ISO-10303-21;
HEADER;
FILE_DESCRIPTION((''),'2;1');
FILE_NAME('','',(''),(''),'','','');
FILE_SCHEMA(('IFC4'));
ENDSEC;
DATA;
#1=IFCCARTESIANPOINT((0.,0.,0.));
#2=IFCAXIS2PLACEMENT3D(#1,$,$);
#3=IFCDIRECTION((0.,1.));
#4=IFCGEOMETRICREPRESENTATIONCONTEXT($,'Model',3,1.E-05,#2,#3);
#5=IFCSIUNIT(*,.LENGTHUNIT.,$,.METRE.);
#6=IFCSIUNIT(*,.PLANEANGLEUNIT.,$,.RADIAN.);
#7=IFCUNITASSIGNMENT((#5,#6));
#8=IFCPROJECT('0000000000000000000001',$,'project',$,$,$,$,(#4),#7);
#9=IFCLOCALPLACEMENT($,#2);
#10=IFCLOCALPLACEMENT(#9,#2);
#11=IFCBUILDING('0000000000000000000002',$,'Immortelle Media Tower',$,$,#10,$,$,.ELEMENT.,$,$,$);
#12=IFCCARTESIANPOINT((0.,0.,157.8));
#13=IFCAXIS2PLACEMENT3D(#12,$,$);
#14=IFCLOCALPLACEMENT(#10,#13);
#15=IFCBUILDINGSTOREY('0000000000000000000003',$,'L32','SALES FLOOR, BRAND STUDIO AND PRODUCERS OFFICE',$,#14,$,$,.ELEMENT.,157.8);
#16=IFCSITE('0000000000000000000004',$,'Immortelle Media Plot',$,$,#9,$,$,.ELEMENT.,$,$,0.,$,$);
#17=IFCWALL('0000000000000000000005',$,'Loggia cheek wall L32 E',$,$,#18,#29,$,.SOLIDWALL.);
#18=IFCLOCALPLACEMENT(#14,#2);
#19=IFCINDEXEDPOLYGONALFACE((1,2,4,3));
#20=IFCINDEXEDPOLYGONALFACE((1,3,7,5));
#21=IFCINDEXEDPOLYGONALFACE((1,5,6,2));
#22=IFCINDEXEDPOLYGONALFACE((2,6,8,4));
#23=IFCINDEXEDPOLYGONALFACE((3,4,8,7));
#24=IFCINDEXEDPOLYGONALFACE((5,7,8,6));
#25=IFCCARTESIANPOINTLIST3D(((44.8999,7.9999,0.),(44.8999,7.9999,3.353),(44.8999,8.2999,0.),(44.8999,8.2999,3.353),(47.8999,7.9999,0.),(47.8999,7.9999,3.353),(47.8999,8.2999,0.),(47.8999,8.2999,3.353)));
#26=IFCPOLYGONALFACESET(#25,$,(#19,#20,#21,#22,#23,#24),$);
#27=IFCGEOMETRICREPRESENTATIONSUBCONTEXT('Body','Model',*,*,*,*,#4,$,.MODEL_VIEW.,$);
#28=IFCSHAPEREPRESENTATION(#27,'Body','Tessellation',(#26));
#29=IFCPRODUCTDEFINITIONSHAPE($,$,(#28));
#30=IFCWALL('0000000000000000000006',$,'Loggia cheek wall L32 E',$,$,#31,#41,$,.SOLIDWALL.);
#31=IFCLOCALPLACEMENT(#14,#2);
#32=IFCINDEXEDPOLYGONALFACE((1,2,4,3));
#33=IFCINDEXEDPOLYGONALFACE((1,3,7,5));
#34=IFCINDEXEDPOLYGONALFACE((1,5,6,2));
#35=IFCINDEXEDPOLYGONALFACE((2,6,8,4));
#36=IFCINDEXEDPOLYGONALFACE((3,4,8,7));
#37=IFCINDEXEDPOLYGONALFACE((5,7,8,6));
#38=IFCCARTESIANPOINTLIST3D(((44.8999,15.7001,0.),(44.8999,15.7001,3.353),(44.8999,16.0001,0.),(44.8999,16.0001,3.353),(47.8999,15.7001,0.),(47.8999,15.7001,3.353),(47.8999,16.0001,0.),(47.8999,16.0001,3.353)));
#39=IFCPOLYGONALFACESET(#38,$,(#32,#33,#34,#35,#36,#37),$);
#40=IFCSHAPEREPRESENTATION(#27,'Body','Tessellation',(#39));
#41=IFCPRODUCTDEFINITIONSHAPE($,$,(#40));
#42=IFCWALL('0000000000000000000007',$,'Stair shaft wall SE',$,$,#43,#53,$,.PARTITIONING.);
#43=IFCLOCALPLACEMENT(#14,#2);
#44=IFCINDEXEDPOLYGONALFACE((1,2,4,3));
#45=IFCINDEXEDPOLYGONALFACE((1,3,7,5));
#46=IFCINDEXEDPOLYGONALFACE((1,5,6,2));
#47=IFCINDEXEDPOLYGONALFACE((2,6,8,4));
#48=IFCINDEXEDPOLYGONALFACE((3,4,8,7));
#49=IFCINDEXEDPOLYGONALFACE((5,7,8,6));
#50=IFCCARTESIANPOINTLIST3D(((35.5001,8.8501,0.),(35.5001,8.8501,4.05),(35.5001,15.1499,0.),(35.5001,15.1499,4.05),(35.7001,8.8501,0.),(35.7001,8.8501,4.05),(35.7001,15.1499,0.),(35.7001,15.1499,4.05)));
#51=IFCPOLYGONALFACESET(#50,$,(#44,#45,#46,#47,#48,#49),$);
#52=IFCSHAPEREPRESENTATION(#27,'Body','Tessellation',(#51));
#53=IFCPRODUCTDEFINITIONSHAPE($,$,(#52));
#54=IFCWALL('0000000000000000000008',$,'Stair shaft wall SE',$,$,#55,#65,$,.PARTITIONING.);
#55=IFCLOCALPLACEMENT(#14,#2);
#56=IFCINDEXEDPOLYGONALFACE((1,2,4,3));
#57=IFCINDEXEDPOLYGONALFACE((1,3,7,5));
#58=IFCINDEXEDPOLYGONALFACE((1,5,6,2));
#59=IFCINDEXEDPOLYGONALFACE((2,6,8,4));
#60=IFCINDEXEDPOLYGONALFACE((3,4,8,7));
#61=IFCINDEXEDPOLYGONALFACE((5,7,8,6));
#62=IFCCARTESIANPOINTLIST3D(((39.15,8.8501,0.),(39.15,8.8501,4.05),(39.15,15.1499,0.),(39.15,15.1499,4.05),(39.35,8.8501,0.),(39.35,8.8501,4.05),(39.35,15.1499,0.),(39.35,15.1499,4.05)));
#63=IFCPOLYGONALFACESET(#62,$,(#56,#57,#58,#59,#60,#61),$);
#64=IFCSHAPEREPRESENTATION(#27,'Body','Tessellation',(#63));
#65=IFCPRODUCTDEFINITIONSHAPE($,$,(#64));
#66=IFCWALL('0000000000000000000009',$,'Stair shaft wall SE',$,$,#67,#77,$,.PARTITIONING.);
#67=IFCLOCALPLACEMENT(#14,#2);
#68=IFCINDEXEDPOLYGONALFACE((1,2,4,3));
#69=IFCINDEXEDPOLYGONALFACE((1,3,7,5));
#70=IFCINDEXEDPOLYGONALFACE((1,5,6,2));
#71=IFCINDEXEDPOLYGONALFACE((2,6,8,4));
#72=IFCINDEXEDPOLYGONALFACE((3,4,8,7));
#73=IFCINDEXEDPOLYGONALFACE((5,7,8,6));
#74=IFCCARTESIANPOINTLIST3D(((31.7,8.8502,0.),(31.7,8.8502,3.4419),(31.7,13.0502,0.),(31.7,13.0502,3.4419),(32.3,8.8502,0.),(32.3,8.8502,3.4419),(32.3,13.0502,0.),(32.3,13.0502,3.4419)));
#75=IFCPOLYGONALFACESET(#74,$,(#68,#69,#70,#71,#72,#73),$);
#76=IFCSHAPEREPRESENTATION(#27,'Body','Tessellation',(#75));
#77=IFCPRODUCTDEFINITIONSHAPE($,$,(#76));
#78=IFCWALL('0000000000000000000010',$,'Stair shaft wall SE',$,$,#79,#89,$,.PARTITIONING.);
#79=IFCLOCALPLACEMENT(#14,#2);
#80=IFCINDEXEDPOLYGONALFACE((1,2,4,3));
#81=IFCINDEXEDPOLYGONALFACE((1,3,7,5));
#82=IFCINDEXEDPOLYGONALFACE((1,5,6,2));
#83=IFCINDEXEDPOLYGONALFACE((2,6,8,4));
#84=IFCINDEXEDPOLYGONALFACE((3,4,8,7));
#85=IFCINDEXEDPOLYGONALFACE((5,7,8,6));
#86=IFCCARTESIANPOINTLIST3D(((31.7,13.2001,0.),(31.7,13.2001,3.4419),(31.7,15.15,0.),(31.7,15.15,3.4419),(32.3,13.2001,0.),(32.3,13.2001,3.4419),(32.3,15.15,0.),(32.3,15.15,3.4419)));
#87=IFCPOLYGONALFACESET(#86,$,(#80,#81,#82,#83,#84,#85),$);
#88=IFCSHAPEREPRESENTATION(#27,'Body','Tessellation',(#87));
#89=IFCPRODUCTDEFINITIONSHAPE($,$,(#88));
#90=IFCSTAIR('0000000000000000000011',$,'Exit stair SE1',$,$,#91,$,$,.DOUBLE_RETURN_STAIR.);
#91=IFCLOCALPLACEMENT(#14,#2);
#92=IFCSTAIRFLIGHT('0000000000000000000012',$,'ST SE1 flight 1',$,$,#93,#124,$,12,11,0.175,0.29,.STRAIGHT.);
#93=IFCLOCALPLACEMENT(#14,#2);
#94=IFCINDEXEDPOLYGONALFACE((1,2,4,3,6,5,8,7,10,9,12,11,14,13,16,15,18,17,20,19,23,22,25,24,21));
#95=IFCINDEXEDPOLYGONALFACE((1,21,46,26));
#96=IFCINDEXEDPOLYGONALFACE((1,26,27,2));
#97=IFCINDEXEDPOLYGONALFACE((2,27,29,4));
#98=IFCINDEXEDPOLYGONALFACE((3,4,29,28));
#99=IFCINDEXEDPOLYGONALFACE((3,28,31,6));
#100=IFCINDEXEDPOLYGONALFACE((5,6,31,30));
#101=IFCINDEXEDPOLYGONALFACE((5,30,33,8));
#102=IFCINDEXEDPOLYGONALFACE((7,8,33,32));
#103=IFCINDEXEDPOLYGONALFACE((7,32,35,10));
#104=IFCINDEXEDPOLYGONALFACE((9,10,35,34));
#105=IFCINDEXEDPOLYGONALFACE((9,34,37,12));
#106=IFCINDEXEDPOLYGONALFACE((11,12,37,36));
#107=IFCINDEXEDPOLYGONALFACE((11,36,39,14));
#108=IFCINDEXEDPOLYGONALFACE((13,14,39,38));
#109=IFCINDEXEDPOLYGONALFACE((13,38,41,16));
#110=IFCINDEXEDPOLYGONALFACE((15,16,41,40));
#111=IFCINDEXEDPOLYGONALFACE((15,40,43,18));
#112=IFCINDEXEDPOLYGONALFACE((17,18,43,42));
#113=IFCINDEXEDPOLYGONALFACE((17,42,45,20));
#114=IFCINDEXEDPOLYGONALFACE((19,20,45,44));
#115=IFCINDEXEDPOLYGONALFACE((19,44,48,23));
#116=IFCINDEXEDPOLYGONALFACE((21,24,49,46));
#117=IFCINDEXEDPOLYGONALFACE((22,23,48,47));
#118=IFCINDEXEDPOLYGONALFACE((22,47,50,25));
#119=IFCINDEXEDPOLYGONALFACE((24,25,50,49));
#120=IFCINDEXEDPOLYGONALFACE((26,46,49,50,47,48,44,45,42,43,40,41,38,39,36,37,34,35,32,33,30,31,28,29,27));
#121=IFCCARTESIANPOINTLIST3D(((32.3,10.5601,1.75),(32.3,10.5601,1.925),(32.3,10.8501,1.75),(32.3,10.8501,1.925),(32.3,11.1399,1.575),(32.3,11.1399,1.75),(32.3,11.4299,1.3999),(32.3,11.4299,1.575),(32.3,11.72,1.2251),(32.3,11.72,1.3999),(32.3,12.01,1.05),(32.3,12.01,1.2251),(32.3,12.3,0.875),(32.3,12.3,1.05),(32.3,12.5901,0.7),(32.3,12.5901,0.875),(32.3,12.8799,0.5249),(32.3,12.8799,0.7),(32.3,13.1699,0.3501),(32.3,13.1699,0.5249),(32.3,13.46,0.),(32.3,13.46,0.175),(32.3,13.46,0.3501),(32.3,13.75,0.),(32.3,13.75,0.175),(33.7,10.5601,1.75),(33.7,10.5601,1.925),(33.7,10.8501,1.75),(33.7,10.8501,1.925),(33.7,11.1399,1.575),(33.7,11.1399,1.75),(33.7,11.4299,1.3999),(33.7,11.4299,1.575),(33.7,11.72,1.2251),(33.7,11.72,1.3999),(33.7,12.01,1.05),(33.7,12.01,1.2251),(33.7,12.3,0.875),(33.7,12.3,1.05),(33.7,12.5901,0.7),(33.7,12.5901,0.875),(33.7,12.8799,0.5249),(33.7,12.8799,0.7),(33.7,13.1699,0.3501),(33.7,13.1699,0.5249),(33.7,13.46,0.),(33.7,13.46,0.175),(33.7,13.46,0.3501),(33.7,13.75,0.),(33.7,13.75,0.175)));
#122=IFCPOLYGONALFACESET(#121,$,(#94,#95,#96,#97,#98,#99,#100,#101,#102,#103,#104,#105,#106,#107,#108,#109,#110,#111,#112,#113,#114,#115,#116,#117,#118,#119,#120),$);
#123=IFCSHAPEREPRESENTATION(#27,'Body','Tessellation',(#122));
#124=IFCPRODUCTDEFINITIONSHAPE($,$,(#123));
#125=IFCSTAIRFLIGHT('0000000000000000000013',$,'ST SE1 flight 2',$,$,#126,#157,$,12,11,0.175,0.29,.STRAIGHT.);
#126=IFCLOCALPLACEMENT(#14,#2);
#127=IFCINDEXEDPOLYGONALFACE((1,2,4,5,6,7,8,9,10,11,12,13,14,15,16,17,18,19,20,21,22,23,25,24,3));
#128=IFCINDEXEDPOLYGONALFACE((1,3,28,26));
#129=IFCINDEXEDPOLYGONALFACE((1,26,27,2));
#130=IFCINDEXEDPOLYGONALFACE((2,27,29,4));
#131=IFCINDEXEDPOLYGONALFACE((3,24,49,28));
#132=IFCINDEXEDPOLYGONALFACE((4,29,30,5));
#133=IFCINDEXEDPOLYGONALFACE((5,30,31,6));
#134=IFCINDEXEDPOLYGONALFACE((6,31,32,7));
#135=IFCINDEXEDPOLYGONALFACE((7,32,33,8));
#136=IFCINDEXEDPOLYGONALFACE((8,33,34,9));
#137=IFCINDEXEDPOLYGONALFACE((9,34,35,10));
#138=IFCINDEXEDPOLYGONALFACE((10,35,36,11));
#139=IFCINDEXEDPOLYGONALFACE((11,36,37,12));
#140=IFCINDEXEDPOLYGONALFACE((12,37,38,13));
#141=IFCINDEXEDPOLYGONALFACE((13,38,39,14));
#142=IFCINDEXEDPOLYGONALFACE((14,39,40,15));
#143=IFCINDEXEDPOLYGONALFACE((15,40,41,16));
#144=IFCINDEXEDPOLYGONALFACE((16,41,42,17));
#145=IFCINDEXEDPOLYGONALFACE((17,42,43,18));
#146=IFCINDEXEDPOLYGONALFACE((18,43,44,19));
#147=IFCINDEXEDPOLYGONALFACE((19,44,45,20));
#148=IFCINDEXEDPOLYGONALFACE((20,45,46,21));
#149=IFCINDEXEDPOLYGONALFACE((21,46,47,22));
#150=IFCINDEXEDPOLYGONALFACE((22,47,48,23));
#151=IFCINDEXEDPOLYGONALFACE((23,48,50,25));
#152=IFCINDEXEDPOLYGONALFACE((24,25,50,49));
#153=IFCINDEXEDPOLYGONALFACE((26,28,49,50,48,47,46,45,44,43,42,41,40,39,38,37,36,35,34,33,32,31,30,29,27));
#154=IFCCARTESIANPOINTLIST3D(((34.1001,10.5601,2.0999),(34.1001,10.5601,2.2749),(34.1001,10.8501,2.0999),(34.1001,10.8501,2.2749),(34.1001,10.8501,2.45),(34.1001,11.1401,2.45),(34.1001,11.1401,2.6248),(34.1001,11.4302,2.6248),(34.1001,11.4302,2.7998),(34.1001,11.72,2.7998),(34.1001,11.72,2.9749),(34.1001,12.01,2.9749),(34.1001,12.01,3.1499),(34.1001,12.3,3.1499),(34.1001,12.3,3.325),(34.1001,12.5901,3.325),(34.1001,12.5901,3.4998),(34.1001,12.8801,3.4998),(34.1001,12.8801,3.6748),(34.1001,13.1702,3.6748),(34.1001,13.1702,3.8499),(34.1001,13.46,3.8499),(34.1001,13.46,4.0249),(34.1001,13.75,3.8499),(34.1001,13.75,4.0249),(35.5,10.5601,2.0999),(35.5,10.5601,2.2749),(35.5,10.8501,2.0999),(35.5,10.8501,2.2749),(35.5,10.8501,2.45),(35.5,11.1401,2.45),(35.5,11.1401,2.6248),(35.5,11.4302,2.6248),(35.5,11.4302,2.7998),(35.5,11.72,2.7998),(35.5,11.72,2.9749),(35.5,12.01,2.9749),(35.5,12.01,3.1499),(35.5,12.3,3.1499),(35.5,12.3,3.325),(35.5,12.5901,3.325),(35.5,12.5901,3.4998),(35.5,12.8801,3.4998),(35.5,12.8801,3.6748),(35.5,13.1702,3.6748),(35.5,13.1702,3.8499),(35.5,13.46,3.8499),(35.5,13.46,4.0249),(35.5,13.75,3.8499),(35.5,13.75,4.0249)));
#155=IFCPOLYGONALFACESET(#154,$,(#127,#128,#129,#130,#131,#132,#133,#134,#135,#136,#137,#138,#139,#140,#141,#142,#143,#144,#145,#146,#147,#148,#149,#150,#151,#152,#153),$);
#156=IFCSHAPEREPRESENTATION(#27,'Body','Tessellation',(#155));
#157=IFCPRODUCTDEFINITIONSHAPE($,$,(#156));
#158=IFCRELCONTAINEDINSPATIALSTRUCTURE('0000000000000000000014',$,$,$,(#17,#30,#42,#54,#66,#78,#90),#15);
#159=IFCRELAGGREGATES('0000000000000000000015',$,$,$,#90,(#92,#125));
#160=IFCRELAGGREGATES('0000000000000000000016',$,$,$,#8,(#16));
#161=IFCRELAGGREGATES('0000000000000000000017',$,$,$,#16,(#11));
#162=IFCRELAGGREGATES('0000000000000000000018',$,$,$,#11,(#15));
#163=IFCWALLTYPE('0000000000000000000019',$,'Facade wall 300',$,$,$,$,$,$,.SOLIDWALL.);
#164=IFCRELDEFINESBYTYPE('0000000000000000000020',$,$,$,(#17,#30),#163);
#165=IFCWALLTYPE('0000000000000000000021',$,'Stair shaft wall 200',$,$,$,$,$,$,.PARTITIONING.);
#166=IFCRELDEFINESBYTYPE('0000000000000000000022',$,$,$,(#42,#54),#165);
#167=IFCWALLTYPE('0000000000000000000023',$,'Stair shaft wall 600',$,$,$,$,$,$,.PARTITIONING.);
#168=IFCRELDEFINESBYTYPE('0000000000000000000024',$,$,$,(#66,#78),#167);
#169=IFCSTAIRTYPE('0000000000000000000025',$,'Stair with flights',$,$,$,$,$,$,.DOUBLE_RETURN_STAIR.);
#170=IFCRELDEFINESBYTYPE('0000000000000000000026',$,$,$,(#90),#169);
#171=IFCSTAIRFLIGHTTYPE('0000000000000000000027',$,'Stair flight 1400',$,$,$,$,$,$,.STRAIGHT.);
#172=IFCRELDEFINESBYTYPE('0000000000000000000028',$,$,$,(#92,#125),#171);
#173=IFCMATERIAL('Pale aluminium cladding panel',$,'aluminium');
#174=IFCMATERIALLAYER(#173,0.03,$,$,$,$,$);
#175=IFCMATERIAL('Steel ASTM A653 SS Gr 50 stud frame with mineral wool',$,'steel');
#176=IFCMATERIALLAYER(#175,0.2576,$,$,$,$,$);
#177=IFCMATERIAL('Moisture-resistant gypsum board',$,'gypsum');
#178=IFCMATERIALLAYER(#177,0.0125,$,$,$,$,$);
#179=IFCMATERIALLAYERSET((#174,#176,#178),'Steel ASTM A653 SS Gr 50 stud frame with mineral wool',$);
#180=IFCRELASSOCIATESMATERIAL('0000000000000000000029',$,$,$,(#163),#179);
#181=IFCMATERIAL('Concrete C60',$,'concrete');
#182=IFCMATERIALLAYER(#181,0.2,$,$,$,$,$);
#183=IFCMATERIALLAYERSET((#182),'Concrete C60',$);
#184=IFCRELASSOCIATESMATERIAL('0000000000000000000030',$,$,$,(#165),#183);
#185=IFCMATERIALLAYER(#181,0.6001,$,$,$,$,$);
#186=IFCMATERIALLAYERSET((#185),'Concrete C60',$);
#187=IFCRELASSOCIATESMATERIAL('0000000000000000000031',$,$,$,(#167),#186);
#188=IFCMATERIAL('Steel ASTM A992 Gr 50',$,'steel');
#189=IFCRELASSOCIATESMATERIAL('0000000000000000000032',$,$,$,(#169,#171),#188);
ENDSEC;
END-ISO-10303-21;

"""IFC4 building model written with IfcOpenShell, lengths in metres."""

from ifc_helpers import new_model, si_unit, direction, frame, frame_2d, origin, place, context, subcontext, project, spatial, polyline, rectangle, outline, extrude, material, layer, layer_set, type_object, element, aggregate, save


model = new_model("IFC4")

# Units and contexts
model_context = context("Model", 3, precision=1e-05, world=origin(), true_north=direction((0.0, 1.0)))
body_context = subcontext(model_context, "Body", "Model", "MODEL_VIEW")
ifc_project = project(units=[si_unit("LENGTHUNIT", "METRE"), si_unit("PLANEANGLEUNIT", "RADIAN")], contexts=[model_context])

# Site, building, storey
site_placement = place(None, origin())
site = spatial("IfcSite", under=ifc_project, at=site_placement, Name="Immortelle Media Plot", CompositionType="ELEMENT", RefElevation=0.0)
building_placement = place(site_placement, origin())
building = spatial("IfcBuilding", under=site, at=building_placement, Name="Immortelle Media Tower", CompositionType="ELEMENT")
storey_placement = place(building_placement, frame((0.0, 0.0, 157.8)))
storey = spatial("IfcBuildingStorey", under=building, at=storey_placement, Name="L32", Description="SALES FLOOR, BRAND STUDIO AND PRODUCERS OFFICE", CompositionType="ELEMENT", Elevation=157.8)

# Shared definitions
ifc_material_1 = material(Name="Steel ASTM A992 Gr 50", Category="steel")

# Shared definitions
ifc_material_2 = material(Name="Pale aluminium cladding panel", Category="aluminium")
ifc_layer_1 = layer(ifc_material_2, 0.03)
ifc_material_3 = material(Name="Steel ASTM A653 SS Gr 50 stud frame with mineral wool", Category="steel")
ifc_layer_2 = layer(ifc_material_3, 0.2576)
ifc_material_4 = material(Name="Moisture-resistant gypsum board", Category="gypsum")
ifc_layer_3 = layer(ifc_material_4, 0.0125)
ifc_layer_set_1 = layer_set([ifc_layer_1, ifc_layer_2, ifc_layer_3], Name="Steel ASTM A653 SS Gr 50 stud frame with mineral wool")
wall_type_1 = type_object("IfcWallType", Name="Facade wall 300", PredefinedType="SOLIDWALL", material=ifc_layer_set_1)

# Walls
for number, where, z_axis, x_axis, name in (
    (1, (47.8999, 8.1499, 0.0), (0.0, 0.0, 1.0), (-1.0, 0.0, 0.0), "Loggia cheek wall L32 E"),
    (2, (47.8999, 15.8501, 0.0), (0.0, 0.0, 1.0), (-1.0, 0.0, 0.0), "Loggia cheek wall L32 E"),
):
    element("IfcWall", number, at=place(storey_placement, frame(where, z_axis=z_axis, x_axis=x_axis)), inside=storey, type_object=wall_type_1, Name=name, PredefinedType="SOLIDWALL", context=body_context, shape_type="SweptSolid", body=[
        extrude(rectangle(XDim=3.0, YDim=0.3, at=frame_2d((1.5, 0.0))), origin(), (0.0, 0.0, 1.0), 3.353),
    ])
ifc_material_5 = material(Name="Concrete C60", Category="concrete")
ifc_layer_4 = layer(ifc_material_5, 0.2)
ifc_layer_set_2 = layer_set([ifc_layer_4], Name="Concrete C60")
wall_type_2 = type_object("IfcWallType", Name="Stair shaft wall 200", PredefinedType="PARTITIONING", material=ifc_layer_set_2)
for number, where, z_axis, x_axis, name in (
    (3, (35.6001, 8.8501, 0.0), (0.0, 0.0, 1.0), (0.0, 1.0, 0.0), "Stair shaft wall SE"),
    (4, (39.25, 8.8501, 0.0), (0.0, 0.0, 1.0), (0.0, 1.0, 0.0), "Stair shaft wall SE"),
):
    element("IfcWall", number, at=place(storey_placement, frame(where, z_axis=z_axis, x_axis=x_axis)), inside=storey, type_object=wall_type_2, Name=name, PredefinedType="PARTITIONING", context=body_context, shape_type="SweptSolid", body=[
        extrude(rectangle(XDim=6.2998, YDim=0.2, at=frame_2d((3.1499, 0.0))), origin(), (0.0, 0.0, 1.0), 4.05),
    ])
ifc_layer_5 = layer(ifc_material_5, 0.6001)
ifc_layer_set_3 = layer_set([ifc_layer_5], Name="Concrete C60")
wall_type_3 = type_object("IfcWallType", Name="Stair shaft wall 600", PredefinedType="PARTITIONING", material=ifc_layer_set_3)
wall_1_placement = place(storey_placement, frame((32.0, 8.8501, 0.0), z_axis=(0.0, 0.0, 1.0), x_axis=(0.0, 1.0, 0.0)))
element("IfcWall", 5, at=wall_1_placement, inside=storey, type_object=wall_type_3, Name="Stair shaft wall SE", PredefinedType="PARTITIONING", context=body_context, shape_type="SweptSolid", body=[
    extrude(rectangle(XDim=4.2, YDim=0.6001, at=frame_2d((2.1001, 0.0))), origin(), (0.0, 0.0, 1.0), 3.4419),
])
wall_2_placement = place(storey_placement, frame((32.0, 13.2, 0.0), z_axis=(0.0, 0.0, 1.0), x_axis=(0.0, 1.0, 0.0)))
element("IfcWall", 6, at=wall_2_placement, inside=storey, type_object=wall_type_3, Name="Stair shaft wall SE", PredefinedType="PARTITIONING", context=body_context, shape_type="SweptSolid", body=[
    extrude(rectangle(XDim=1.95, YDim=0.6001, at=frame_2d((0.9751, 0.0))), origin(), (0.0, 0.0, 1.0), 3.4419),
])

# Stair, stair flights
stair_type = type_object("IfcStairType", Name="Stair with flights", PredefinedType="DOUBLE_RETURN_STAIR", material=ifc_material_1)
stair_1_placement = place(storey_placement, origin())
stair_1 = element("IfcStair", 7, at=stair_1_placement, inside=storey, type_object=stair_type, Name="Exit stair SE1", PredefinedType="DOUBLE_RETURN_STAIR")
stair_flight_type = type_object("IfcStairFlightType", Name="Stair flight 1400", PredefinedType="STRAIGHT", material=ifc_material_1)
stair_flight_1_placement = place(storey_placement, frame((33.0, 13.75, 0.0), z_axis=(0.0, 0.0, 1.0), x_axis=(0.0, -1.0, 0.0)))
stair_flight_1 = element("IfcStairFlight", 8, at=stair_flight_1_placement, type_object=stair_flight_type, Name="ST SE1 flight 1", NumberOfRisers=12, NumberOfTreads=11, PredefinedType="STRAIGHT", RiserHeight=0.175, TreadLength=0.29, context=body_context, shape_type="SweptSolid", body=[
    extrude(outline(polyline([(0.0, 0.0), (0.0, 0.175), (0.29, 0.175), (0.29, 0.3501), (0.5801, 0.3501), (0.5801, 0.5249), (0.8701, 0.5249), (0.8701, 0.7), (1.1599, 0.7), (1.1599, 0.875), (1.45, 0.875), (1.45, 1.05), (1.74, 1.05), (1.74, 1.2251), (2.03, 1.2251), (2.03, 1.3999), (2.3201, 1.3999), (2.3201, 1.575), (2.6101, 1.575), (2.6101, 1.75), (2.8999, 1.75), (2.8999, 1.925), (3.1899, 1.925), (3.1899, 2.1001), (3.1899, 1.75), (0.29, 0.0), (0.0, 0.0)])), frame((0.0, 0.7, 0.0), z_axis=(0.0, -1.0, 0.0), x_axis=(1.0, 0.0, 0.0)), (0.0, 0.0, 1.0), 1.3999),
])
stair_flight_2_placement = place(storey_placement, frame((34.8, 10.5601, 2.0999), z_axis=(0.0, 0.0, 1.0), x_axis=(0.0, 1.0, 0.0)))
stair_flight_2 = element("IfcStairFlight", 9, at=stair_flight_2_placement, type_object=stair_flight_type, Name="ST SE1 flight 2", NumberOfRisers=12, NumberOfTreads=11, PredefinedType="STRAIGHT", RiserHeight=0.175, TreadLength=0.29, context=body_context, shape_type="SweptSolid", body=[
    extrude(outline(polyline([(0.0, 0.0), (0.0, 0.175), (0.29, 0.175), (0.29, 0.3501), (0.5801, 0.3501), (0.5801, 0.5249), (0.8701, 0.5249), (0.8701, 0.7), (1.1599, 0.7), (1.1599, 0.875), (1.45, 0.875), (1.45, 1.05), (1.74, 1.05), (1.74, 1.2251), (2.03, 1.2251), (2.03, 1.3999), (2.3201, 1.3999), (2.3201, 1.575), (2.6101, 1.575), (2.6101, 1.75), (2.8999, 1.75), (2.8999, 1.925), (3.1899, 1.925), (3.1899, 2.1001), (3.1899, 1.75), (0.29, 0.0), (0.0, 0.0)])), frame((0.0, 0.7, 0.0), z_axis=(0.0, -1.0, 0.0), x_axis=(1.0, 0.0, 0.0)), (0.0, 0.0, 1.0), 1.3999),
])
aggregate(stair_1, [stair_flight_1, stair_flight_2])

save(model, "model.ifc")
